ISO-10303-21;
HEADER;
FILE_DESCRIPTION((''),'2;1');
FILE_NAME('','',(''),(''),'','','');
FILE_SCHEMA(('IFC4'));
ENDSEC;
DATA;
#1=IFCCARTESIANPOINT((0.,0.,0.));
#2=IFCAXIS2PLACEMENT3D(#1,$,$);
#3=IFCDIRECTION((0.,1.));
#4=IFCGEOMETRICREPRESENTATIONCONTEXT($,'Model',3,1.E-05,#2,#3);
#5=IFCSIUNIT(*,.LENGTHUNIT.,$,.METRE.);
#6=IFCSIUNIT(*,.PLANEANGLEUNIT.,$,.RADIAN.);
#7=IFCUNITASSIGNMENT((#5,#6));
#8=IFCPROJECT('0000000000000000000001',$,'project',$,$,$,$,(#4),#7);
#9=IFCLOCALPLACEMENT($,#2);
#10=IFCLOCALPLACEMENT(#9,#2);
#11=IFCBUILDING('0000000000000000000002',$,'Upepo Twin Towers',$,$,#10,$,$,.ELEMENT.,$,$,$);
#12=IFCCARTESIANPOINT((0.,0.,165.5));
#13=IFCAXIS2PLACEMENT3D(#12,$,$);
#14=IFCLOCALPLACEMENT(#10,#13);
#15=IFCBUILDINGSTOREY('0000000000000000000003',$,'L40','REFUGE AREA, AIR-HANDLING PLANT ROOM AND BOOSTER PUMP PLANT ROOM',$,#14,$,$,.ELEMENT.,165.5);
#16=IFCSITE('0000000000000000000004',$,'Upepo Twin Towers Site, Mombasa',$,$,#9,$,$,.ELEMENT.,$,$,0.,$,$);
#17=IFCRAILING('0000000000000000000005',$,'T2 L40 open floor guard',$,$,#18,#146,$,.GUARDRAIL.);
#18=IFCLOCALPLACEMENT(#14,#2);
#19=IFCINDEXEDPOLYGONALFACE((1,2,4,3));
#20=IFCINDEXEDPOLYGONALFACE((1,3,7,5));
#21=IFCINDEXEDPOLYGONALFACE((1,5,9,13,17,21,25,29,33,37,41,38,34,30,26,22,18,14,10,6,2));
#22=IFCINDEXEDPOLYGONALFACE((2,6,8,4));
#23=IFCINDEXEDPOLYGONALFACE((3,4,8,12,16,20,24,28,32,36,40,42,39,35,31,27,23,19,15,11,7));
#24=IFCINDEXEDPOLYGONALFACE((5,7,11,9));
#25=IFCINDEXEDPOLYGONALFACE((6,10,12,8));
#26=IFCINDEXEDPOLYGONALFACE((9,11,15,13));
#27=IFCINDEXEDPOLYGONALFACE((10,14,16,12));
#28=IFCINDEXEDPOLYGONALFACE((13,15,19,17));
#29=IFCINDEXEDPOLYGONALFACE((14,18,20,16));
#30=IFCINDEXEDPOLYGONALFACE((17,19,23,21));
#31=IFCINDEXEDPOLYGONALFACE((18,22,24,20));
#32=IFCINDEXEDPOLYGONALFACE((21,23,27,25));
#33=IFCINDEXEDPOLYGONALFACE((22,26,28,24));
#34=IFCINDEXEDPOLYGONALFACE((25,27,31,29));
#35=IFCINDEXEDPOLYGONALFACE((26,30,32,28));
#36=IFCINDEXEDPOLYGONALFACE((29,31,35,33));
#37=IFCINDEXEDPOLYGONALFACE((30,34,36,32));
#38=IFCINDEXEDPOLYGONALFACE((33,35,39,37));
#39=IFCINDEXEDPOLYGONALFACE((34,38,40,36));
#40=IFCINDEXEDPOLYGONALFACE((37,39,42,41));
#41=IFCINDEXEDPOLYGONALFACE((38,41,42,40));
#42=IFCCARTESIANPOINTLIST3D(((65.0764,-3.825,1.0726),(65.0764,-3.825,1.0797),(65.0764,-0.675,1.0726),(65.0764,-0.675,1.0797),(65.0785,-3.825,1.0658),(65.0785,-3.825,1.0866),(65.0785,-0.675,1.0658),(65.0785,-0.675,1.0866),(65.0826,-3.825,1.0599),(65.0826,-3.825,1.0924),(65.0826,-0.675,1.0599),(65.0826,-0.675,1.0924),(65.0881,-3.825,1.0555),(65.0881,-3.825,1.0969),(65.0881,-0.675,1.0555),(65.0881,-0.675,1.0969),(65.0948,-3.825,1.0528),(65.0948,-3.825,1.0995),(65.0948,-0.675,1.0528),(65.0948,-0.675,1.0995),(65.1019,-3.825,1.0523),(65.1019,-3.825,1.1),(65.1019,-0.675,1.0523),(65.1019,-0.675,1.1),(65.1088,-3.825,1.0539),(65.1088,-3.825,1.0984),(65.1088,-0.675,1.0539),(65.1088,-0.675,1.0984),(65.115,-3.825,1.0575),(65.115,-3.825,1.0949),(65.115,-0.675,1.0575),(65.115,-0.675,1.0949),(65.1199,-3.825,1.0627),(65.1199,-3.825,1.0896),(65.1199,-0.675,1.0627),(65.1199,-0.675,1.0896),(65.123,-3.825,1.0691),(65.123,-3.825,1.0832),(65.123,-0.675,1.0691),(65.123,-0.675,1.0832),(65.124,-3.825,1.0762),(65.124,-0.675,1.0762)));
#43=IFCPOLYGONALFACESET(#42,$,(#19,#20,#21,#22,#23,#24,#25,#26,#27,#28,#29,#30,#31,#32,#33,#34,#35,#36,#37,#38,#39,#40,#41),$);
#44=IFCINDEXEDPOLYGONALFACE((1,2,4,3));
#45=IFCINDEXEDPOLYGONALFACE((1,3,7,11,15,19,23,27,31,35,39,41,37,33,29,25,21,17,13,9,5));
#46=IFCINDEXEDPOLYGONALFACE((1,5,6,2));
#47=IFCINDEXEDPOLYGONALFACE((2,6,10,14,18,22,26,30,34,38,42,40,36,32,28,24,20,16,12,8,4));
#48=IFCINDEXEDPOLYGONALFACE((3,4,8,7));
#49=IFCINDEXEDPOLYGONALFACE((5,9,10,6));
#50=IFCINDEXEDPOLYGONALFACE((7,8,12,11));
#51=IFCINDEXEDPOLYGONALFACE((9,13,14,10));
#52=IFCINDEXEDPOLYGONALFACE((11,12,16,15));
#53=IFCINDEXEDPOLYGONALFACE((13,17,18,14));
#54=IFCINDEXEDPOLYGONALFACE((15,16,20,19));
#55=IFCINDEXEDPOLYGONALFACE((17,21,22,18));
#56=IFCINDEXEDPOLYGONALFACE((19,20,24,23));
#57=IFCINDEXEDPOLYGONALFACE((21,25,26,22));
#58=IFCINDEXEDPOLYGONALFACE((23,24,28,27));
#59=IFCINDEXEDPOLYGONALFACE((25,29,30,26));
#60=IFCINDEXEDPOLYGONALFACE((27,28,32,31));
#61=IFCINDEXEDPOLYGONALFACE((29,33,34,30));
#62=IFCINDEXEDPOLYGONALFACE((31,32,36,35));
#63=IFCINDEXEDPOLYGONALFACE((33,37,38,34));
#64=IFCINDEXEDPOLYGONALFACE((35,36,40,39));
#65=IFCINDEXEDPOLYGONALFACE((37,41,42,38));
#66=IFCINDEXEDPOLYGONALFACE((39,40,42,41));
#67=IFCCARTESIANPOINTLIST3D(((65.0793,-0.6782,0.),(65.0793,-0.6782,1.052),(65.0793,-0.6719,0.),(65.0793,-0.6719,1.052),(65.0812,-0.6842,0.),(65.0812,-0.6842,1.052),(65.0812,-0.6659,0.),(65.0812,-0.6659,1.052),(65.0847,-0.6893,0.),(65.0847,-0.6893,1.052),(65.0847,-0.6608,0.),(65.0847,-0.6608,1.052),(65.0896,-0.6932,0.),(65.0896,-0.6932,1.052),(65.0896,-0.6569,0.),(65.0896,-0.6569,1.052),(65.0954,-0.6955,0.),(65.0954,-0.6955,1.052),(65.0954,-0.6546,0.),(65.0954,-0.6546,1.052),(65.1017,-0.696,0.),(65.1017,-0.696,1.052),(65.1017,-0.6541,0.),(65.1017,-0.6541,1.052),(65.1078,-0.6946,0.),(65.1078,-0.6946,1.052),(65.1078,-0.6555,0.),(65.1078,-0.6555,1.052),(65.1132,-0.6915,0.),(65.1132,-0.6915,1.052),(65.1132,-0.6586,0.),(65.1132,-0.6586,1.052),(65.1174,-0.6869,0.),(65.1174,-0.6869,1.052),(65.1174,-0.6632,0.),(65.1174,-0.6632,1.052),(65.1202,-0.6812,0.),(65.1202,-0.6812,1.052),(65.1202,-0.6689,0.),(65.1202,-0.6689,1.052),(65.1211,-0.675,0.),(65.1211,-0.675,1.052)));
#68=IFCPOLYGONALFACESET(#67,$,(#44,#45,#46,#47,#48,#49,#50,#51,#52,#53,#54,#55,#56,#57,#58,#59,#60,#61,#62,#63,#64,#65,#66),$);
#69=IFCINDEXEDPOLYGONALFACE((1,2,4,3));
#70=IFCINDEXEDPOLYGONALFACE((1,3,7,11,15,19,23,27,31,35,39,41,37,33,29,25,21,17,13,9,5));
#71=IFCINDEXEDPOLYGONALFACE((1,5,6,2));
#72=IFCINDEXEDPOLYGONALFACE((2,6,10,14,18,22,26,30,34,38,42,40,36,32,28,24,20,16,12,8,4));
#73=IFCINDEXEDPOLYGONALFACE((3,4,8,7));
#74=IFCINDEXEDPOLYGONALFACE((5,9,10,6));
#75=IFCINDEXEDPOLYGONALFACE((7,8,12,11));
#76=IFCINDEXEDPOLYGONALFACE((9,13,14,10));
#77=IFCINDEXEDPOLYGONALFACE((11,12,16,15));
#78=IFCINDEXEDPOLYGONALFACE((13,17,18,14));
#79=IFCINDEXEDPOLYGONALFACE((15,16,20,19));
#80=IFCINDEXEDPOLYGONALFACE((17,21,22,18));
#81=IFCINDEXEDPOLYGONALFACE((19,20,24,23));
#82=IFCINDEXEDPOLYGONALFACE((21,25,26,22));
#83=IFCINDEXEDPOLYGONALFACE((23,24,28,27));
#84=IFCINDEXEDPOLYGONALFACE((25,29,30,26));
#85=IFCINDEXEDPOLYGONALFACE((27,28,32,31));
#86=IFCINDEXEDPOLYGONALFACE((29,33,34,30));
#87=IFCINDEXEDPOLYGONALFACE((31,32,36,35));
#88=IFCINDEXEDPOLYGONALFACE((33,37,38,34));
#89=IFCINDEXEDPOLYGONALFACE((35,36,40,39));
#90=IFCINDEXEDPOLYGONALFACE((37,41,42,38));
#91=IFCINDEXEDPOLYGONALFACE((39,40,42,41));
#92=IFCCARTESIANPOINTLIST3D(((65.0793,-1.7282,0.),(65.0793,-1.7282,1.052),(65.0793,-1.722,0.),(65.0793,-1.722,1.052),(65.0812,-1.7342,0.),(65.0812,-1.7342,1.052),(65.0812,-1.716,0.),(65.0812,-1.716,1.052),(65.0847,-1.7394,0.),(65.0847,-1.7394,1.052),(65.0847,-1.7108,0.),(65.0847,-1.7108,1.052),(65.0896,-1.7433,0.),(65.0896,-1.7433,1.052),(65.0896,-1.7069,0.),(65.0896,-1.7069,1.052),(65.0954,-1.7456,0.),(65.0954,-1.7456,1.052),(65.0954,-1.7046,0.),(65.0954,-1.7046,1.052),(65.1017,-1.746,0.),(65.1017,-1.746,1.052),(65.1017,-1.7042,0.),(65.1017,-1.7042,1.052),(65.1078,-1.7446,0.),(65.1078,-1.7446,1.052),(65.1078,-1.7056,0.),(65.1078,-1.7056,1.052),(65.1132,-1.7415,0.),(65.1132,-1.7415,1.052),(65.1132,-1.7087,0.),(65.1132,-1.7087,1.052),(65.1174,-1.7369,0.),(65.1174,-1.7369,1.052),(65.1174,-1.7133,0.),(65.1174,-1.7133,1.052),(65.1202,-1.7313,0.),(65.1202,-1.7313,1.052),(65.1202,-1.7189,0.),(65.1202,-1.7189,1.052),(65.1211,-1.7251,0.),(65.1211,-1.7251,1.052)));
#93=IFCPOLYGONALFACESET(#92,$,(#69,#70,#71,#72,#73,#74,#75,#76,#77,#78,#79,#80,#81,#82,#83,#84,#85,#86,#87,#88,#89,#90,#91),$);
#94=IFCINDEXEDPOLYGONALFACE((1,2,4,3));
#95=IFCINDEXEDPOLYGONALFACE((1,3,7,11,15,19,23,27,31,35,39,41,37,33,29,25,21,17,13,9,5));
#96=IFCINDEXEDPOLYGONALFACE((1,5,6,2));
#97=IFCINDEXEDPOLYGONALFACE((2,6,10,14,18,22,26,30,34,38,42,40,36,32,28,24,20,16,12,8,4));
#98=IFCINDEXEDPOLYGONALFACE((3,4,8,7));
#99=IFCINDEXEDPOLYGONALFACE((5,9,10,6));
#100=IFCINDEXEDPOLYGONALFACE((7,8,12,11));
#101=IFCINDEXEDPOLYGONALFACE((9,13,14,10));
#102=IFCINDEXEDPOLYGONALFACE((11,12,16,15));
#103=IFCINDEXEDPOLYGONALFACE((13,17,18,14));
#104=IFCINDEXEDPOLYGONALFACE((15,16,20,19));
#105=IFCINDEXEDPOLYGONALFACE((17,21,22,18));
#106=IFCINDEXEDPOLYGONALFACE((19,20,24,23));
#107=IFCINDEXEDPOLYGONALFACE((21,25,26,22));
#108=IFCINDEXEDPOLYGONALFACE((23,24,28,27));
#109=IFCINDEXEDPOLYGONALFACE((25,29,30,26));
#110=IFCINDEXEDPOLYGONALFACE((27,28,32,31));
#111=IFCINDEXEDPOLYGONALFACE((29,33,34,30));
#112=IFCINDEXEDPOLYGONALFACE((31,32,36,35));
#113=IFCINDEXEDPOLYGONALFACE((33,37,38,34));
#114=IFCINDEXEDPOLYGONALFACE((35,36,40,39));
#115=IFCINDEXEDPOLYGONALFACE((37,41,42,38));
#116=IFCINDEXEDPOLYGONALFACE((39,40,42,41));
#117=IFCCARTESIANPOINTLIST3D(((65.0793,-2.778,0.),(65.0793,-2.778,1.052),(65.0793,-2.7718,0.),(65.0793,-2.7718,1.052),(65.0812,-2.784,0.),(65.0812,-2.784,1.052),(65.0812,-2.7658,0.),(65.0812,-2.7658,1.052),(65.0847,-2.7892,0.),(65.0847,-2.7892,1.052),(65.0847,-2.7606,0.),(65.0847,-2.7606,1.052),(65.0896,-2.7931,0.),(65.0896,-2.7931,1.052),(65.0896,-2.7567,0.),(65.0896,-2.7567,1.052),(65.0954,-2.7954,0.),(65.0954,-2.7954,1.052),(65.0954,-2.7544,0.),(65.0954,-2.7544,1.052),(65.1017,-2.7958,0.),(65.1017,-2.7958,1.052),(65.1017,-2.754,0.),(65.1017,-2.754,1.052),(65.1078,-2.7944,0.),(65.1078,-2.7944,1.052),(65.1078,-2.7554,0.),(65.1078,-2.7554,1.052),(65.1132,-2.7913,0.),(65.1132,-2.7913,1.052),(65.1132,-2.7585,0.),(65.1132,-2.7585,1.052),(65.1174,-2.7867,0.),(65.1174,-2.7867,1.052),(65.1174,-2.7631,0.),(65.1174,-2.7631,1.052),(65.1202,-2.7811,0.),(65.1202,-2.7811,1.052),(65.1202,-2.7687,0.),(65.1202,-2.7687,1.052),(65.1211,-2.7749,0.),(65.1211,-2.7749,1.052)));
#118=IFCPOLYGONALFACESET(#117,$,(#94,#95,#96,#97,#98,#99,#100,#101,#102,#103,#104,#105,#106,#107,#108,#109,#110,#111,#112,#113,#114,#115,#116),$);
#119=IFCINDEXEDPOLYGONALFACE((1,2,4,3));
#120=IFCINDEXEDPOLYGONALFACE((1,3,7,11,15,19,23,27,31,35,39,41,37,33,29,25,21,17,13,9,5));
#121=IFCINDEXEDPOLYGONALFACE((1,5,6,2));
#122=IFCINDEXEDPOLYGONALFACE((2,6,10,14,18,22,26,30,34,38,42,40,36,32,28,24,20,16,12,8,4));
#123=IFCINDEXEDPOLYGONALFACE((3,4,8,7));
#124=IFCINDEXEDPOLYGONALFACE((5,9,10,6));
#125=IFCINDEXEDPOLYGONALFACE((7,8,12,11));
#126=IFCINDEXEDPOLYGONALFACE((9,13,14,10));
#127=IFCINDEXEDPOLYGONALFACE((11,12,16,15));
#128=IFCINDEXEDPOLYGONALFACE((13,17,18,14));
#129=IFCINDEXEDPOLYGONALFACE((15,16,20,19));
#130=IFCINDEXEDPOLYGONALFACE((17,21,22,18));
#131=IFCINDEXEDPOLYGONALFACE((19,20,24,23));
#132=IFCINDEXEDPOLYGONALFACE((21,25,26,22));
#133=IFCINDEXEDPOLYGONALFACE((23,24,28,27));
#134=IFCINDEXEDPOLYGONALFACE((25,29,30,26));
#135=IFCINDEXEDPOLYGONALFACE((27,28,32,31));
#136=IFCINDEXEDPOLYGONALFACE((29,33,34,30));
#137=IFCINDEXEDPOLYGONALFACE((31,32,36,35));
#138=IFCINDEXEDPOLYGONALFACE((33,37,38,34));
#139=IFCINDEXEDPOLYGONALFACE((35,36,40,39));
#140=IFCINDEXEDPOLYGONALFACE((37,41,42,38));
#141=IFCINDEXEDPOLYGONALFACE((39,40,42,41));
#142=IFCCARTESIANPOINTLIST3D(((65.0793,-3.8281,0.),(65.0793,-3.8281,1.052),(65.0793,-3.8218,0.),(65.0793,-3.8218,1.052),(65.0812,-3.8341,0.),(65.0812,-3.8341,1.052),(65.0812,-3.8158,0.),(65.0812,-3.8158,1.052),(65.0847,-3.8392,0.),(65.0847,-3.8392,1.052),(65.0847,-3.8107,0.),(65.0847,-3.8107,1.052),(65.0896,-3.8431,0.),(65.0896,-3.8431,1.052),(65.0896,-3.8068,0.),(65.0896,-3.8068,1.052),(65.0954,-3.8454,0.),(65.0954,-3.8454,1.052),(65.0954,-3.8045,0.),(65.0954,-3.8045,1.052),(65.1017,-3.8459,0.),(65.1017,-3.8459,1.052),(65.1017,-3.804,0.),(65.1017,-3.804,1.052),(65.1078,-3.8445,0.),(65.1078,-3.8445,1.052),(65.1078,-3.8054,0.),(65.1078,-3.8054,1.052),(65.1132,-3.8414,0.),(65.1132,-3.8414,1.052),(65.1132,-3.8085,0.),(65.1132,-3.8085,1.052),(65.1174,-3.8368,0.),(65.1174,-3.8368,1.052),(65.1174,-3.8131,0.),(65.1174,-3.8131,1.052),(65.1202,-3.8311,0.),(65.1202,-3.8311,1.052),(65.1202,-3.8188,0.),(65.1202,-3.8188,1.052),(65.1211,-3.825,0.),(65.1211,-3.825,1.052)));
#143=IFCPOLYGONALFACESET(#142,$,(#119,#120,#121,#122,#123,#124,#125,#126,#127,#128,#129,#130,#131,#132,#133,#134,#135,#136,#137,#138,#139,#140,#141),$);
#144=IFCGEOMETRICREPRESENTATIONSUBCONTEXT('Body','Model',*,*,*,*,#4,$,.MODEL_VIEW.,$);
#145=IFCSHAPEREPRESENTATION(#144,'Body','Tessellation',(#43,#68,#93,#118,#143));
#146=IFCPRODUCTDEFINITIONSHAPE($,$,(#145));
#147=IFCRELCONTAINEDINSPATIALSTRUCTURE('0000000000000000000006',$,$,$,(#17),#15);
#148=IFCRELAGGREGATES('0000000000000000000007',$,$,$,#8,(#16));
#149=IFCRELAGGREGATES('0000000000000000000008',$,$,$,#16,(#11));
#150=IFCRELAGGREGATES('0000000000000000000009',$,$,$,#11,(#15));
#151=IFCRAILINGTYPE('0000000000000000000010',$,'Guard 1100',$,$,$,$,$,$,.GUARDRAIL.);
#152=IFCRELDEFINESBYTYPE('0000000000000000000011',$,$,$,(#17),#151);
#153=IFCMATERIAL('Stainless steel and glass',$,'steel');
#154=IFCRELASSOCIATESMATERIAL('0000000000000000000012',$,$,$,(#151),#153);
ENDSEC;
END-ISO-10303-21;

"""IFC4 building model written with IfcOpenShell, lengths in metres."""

from ifc_helpers import new_model, si_unit, direction, frame, origin, origin_2d, place, context, subcontext, project, spatial, circle, extrude, material, type_object, element, save


model = new_model("IFC4")

# Units and contexts
model_context = context("Model", 3, precision=1e-05, world=origin(), true_north=direction((0.0, 1.0)))
body_context = subcontext(model_context, "Body", "Model", "MODEL_VIEW")
ifc_project = project(units=[si_unit("LENGTHUNIT", "METRE"), si_unit("PLANEANGLEUNIT", "RADIAN")], contexts=[model_context])

# Site, building, storey
site_placement = place(None, origin())
site = spatial("IfcSite", under=ifc_project, at=site_placement, Name="Upepo Twin Towers Site, Mombasa", CompositionType="ELEMENT", RefElevation=0.0)
building_placement = place(site_placement, origin())
building = spatial("IfcBuilding", under=site, at=building_placement, Name="Upepo Twin Towers", CompositionType="ELEMENT")
storey_placement = place(building_placement, frame((0.0, 0.0, 165.5)))
storey = spatial("IfcBuildingStorey", under=building, at=storey_placement, Name="L40", Description="REFUGE AREA, AIR-HANDLING PLANT ROOM AND BOOSTER PUMP PLANT ROOM", CompositionType="ELEMENT", Elevation=165.5)

# Railing
ifc_material_1 = material(Name="Stainless steel and glass", Category="steel")
railing_type_1 = type_object("IfcRailingType", Name="Guard 1100", PredefinedType="GUARDRAIL", material=ifc_material_1)
railing_1_placement = place(storey_placement, frame((65.1001, -0.675, 0.0)))
element("IfcRailing", 1, at=railing_1_placement, inside=storey, type_object=railing_type_1, Name="T2 L40 open floor guard", PredefinedType="GUARDRAIL", context=body_context, shape_type="SweptSolid", body=[
    extrude(circle(Radius=0.0239, at=origin_2d()), frame((0.0, 0.0, 1.0762), z_axis=(0.0, -1.0, 0.0), x_axis=(1.0, 0.0, 0.0)), (0.0, 0.0, 1.0), 3.1499),
    extrude(circle(Radius=0.021, at=origin_2d()), origin(), (0.0, 0.0, 1.0), 1.052),
    extrude(circle(Radius=0.021, at=origin_2d()), frame((0.0, -1.05, 0.0)), (0.0, 0.0, 1.0), 1.052),
    extrude(circle(Radius=0.021, at=origin_2d()), frame((0.0, -2.0999, 0.0)), (0.0, 0.0, 1.0), 1.052),
    extrude(circle(Radius=0.021, at=origin_2d()), frame((0.0, -3.1499, 0.0)), (0.0, 0.0, 1.0), 1.052),
])

save(model, "model.ifc")
